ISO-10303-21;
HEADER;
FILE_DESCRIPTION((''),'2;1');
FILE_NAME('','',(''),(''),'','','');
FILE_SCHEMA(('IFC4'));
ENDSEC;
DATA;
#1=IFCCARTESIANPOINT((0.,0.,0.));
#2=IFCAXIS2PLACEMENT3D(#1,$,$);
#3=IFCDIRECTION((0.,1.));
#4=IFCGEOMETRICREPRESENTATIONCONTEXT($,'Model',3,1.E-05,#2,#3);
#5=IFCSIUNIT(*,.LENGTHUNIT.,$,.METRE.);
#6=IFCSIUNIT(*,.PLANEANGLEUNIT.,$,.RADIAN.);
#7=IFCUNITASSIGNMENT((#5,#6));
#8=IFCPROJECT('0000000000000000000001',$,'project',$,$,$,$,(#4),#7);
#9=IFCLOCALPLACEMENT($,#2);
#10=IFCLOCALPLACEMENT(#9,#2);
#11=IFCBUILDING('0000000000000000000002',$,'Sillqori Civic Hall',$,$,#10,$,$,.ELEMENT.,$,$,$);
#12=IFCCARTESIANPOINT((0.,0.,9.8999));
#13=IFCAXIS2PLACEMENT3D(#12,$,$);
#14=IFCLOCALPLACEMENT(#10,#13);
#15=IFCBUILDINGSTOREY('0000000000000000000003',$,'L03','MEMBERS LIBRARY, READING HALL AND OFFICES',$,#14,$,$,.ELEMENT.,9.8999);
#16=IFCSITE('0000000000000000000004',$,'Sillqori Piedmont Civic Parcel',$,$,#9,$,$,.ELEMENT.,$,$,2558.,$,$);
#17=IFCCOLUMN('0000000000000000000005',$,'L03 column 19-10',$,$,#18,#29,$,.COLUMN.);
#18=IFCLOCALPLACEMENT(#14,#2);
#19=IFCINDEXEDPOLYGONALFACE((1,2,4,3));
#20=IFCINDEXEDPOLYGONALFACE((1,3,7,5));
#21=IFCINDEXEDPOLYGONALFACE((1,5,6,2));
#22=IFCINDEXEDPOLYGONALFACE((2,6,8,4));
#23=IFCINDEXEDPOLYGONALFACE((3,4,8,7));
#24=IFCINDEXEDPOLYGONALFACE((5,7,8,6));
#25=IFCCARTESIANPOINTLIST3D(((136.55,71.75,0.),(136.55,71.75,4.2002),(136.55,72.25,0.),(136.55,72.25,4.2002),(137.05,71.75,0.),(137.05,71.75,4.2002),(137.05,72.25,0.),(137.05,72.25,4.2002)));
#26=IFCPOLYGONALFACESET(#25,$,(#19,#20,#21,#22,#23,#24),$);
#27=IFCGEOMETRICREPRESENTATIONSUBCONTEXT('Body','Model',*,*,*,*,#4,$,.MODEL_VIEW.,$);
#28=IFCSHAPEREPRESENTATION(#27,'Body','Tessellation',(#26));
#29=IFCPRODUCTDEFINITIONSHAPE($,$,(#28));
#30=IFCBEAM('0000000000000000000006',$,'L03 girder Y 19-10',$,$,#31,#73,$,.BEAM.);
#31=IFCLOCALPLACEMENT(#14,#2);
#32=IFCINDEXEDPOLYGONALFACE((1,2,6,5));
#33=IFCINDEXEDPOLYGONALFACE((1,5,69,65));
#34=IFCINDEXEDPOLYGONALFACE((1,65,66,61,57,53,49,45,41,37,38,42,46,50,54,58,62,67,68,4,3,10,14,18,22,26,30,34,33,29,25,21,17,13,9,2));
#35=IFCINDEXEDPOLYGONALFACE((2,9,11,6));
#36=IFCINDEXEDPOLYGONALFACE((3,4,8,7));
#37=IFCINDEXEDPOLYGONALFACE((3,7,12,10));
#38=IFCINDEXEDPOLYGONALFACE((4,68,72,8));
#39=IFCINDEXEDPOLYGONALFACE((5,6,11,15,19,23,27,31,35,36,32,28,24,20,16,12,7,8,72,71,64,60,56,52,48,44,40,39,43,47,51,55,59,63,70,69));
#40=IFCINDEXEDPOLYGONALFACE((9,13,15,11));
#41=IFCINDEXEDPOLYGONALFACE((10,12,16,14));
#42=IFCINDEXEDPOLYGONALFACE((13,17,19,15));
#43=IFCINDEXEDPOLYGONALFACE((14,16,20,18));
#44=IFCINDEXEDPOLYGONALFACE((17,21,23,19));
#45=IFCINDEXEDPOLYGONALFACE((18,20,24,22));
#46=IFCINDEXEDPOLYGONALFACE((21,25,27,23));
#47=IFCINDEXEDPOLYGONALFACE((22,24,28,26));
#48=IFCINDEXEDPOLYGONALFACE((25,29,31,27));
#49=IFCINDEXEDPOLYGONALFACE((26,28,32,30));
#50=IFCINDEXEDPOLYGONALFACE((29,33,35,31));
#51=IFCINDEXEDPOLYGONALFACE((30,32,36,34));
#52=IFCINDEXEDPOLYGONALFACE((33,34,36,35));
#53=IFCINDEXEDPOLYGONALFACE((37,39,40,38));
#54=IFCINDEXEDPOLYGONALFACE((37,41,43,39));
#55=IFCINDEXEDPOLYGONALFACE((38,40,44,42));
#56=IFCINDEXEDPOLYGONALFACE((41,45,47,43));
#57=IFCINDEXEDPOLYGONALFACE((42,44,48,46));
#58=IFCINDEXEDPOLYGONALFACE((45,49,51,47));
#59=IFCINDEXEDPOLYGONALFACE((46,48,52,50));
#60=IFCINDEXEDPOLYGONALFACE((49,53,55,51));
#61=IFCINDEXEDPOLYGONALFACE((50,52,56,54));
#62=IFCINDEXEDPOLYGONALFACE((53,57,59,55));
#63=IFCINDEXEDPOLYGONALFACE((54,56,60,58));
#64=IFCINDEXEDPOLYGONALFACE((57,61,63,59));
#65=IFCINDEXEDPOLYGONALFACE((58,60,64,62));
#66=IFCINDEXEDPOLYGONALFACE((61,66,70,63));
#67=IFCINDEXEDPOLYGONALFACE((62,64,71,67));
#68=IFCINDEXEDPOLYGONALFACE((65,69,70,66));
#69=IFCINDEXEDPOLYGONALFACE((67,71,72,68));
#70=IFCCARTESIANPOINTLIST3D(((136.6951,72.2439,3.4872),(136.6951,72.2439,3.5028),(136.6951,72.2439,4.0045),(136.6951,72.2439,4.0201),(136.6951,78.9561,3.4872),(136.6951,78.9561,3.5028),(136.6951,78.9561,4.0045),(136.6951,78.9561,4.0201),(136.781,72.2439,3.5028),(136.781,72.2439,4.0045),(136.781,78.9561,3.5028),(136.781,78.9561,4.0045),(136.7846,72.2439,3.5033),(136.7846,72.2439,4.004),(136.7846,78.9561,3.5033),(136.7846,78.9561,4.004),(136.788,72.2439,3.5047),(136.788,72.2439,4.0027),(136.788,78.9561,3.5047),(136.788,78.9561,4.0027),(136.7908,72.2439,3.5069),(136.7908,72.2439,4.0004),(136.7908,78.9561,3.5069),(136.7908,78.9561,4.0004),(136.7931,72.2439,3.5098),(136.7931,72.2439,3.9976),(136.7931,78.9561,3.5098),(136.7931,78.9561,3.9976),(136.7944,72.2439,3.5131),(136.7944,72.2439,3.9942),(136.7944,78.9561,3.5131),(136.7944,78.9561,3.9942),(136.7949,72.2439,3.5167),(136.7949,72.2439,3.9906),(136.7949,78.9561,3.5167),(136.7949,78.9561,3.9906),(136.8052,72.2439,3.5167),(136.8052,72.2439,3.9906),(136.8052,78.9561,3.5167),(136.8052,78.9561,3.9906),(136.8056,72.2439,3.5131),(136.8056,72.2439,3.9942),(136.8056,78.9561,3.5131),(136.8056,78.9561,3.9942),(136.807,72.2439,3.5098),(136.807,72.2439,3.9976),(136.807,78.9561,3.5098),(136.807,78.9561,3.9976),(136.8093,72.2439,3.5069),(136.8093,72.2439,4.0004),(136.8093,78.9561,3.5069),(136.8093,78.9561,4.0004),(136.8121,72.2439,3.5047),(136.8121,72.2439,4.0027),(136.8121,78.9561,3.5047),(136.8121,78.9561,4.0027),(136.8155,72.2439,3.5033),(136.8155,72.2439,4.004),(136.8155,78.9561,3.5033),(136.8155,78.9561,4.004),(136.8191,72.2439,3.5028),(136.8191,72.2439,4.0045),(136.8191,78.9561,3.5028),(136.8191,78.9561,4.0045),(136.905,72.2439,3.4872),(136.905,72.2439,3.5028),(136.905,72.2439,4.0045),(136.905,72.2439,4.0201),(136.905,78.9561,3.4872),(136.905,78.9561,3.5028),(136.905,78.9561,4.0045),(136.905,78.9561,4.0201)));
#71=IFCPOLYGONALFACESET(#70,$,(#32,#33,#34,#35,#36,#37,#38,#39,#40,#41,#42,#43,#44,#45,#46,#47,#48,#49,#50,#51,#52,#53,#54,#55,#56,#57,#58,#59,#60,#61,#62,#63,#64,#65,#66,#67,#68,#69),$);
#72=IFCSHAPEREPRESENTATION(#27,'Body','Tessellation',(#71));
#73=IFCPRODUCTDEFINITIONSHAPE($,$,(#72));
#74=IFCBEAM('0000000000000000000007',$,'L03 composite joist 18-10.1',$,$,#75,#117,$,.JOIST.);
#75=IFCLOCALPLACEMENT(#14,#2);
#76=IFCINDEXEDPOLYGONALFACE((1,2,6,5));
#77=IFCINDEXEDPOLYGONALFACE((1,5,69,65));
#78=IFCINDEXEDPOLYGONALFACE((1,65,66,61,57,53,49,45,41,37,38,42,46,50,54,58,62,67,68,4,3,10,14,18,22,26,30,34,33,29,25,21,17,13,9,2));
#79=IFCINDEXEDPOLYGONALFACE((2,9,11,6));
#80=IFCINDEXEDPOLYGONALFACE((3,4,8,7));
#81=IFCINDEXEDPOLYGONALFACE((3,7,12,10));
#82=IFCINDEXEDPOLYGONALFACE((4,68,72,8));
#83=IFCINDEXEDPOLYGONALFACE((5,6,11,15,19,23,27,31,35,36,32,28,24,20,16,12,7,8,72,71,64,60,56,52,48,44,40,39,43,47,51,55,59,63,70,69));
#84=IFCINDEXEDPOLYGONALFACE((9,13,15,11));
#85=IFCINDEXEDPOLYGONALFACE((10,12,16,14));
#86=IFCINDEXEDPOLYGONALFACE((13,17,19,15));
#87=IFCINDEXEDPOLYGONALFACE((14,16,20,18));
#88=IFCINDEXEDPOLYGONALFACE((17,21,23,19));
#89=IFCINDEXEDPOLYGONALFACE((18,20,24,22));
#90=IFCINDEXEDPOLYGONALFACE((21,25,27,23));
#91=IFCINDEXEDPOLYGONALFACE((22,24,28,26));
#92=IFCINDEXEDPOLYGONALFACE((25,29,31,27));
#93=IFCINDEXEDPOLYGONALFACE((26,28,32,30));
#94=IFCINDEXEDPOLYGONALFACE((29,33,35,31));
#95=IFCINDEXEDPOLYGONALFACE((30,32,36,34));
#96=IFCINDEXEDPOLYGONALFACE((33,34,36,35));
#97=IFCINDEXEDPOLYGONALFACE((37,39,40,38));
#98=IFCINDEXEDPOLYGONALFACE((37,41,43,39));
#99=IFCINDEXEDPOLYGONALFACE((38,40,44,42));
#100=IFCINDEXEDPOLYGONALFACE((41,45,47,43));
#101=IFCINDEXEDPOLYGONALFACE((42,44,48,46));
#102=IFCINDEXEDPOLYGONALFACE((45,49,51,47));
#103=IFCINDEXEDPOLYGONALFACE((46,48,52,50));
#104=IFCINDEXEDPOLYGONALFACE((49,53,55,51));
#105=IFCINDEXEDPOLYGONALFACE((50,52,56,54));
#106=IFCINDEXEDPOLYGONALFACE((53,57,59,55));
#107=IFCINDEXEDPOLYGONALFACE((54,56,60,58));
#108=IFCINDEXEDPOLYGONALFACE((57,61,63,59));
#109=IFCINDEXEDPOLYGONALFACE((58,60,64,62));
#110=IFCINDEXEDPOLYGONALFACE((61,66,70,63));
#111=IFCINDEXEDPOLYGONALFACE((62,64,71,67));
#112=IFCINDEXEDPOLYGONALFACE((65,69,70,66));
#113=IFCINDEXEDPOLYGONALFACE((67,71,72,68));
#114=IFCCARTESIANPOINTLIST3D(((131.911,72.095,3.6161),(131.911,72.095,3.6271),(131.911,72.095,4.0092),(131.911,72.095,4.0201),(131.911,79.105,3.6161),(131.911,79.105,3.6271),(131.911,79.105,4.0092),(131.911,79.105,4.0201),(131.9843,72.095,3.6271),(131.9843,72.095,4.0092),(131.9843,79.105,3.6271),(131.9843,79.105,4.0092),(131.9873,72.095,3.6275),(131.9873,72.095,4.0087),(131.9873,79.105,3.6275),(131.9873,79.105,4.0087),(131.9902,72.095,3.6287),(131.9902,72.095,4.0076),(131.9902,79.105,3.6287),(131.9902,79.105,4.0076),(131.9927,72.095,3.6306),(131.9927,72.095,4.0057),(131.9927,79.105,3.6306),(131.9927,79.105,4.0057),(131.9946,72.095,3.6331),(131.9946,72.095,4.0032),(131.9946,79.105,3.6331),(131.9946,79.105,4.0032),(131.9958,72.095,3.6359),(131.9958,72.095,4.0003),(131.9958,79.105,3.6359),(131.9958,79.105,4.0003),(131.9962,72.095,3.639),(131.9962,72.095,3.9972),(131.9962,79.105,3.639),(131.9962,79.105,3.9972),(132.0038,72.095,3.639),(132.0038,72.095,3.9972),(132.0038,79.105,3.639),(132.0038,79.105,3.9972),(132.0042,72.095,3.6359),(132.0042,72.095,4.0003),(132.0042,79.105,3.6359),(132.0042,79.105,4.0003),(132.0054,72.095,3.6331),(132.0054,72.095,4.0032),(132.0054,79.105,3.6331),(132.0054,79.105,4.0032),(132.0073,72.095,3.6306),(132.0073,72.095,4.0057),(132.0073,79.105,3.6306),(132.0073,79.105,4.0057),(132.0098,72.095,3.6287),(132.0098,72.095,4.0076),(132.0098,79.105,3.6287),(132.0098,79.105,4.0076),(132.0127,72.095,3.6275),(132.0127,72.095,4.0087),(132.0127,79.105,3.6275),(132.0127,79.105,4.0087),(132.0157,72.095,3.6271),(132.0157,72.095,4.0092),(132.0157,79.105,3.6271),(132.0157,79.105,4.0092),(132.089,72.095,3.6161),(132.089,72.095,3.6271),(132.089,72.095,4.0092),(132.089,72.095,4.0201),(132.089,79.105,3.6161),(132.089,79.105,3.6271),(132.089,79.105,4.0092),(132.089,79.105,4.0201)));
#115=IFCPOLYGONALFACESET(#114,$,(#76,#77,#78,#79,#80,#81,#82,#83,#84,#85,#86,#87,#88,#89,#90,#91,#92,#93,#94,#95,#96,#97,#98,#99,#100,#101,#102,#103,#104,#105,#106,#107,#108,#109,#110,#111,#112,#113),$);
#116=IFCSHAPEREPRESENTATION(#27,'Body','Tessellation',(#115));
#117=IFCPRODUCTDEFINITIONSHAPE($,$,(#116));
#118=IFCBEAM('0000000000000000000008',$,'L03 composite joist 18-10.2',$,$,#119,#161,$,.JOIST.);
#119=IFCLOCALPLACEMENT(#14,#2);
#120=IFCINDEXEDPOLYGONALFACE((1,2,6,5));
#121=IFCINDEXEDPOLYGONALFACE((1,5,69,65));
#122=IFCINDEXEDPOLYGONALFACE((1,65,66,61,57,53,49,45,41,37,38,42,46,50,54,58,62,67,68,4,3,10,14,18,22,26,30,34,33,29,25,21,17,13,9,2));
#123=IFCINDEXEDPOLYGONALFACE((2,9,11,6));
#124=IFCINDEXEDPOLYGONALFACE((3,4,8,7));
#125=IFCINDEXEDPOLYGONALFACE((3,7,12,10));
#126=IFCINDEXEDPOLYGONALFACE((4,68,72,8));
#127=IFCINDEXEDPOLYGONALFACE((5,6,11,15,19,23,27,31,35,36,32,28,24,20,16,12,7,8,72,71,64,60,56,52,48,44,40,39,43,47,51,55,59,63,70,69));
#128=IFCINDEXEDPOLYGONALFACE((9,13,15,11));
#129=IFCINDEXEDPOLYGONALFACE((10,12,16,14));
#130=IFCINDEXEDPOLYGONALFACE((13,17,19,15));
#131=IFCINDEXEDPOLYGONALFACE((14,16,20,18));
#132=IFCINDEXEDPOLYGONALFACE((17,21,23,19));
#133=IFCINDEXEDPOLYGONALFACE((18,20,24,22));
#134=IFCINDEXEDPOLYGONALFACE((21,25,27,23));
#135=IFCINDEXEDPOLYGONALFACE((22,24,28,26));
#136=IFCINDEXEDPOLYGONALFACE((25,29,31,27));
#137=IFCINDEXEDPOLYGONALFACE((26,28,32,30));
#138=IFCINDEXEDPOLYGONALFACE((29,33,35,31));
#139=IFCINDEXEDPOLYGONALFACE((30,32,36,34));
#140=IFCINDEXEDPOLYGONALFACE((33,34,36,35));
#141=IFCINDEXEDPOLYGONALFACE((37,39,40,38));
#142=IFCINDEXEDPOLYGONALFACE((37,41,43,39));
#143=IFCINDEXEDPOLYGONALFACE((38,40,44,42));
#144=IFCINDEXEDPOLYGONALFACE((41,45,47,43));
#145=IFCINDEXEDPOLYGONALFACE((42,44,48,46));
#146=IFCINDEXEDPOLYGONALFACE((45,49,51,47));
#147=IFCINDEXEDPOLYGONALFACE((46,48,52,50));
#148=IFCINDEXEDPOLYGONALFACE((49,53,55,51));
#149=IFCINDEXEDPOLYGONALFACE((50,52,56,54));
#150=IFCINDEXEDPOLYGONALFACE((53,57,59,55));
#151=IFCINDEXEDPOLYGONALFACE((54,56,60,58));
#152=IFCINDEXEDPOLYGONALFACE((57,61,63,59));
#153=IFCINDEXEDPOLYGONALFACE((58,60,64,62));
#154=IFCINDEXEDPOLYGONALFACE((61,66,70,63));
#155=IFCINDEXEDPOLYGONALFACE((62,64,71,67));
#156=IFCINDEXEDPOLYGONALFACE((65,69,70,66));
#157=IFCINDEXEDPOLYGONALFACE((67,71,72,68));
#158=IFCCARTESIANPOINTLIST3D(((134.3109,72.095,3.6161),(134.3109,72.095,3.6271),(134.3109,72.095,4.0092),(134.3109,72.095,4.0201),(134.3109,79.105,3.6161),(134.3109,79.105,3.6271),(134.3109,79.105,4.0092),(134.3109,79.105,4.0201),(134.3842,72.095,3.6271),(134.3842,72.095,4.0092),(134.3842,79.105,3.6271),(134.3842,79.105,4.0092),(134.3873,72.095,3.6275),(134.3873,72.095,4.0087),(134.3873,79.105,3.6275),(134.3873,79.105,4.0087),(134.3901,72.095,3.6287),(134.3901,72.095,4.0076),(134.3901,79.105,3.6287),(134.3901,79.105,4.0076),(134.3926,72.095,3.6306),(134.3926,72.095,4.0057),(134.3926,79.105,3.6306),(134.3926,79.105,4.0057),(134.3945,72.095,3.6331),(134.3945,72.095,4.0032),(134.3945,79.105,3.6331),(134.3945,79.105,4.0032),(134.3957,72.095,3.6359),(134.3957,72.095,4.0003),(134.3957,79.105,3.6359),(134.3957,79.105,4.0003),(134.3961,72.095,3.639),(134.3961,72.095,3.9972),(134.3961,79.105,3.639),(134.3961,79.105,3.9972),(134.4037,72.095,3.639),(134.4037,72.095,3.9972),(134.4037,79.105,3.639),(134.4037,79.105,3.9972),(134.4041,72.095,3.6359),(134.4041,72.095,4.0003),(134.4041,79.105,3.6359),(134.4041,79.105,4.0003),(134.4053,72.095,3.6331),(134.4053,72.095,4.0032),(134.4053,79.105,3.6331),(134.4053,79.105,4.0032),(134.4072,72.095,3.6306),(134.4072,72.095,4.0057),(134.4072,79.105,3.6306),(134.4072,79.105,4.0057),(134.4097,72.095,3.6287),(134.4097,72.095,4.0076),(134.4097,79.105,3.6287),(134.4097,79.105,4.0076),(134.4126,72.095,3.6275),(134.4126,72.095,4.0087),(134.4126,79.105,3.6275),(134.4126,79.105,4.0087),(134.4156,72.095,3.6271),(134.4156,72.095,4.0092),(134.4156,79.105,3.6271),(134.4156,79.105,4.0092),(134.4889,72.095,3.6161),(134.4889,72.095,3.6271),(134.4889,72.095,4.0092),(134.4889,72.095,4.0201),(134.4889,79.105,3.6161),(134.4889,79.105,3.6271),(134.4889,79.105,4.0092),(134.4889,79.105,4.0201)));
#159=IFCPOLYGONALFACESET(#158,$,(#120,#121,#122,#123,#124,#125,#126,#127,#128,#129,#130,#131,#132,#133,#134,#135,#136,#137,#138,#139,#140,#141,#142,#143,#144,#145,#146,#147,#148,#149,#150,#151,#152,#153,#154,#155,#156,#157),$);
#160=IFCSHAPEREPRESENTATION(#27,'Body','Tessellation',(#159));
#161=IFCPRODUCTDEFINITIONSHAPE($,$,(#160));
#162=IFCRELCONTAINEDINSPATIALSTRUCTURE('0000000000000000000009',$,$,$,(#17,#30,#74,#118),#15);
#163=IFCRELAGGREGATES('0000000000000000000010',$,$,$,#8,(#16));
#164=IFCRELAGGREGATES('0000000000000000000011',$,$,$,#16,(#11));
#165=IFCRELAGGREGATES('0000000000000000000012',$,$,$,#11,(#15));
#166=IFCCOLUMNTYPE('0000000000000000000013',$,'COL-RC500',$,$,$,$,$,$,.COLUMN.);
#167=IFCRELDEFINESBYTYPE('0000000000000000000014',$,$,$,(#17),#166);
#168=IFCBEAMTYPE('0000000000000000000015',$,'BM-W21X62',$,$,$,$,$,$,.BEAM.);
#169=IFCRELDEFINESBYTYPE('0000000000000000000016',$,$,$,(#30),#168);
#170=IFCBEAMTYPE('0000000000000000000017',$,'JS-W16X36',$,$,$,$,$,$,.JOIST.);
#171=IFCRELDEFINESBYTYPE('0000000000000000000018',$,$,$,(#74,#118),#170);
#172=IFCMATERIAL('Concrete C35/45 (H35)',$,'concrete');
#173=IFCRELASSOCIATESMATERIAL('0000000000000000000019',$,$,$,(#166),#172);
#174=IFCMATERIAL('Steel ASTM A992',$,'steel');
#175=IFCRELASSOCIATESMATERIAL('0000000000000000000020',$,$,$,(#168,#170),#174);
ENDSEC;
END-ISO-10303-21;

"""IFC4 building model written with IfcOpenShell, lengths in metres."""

from ifc_helpers import new_model, si_unit, direction, frame, origin, origin_2d, place, context, subcontext, project, spatial, rectangle, i_section, extrude, material, material_profile, profile_set, type_object, element, save


model = new_model("IFC4")

# Units and contexts
model_context = context("Model", 3, precision=1e-05, world=origin(), true_north=direction((0.0, 1.0)))
body_context = subcontext(model_context, "Body", "Model", "MODEL_VIEW")
ifc_project = project(units=[si_unit("LENGTHUNIT", "METRE"), si_unit("PLANEANGLEUNIT", "RADIAN")], contexts=[model_context])

# Site, building, storey
site_placement = place(None, origin())
site = spatial("IfcSite", under=ifc_project, at=site_placement, Name="Sillqori Piedmont Civic Parcel", CompositionType="ELEMENT", RefElevation=2558.0)
building_placement = place(site_placement, origin())
building = spatial("IfcBuilding", under=site, at=building_placement, Name="Sillqori Civic Hall", CompositionType="ELEMENT")
storey_placement = place(building_placement, frame((0.0, 0.0, 9.8999)))
storey = spatial("IfcBuildingStorey", under=building, at=storey_placement, Name="L03", Description="MEMBERS LIBRARY, READING HALL AND OFFICES", CompositionType="ELEMENT", Elevation=9.8999)

# Column
ifc_material_1 = material(Name="Concrete C35/45 (H35)", Category="concrete")
ifc_material_profile_1 = material_profile(ifc_material_1, rectangle(XDim=0.5, YDim=0.5, at=origin_2d()), Name="RC 500x500")
ifc_profile_set_1 = profile_set([ifc_material_profile_1], Name="Concrete C35/45 (H35)")
column_type = type_object("IfcColumnType", Name="COL-RC500", PredefinedType="COLUMN", material=ifc_profile_set_1)
column_placement = place(storey_placement, frame((136.8, 72.0, 0.0), z_axis=(0.0, 0.0, 1.0), x_axis=(1.0, 0.0, 0.0)))
element("IfcColumn", 1, at=column_placement, inside=storey, type_object=column_type, Name="L03 column 19-10", PredefinedType="COLUMN", context=body_context, shape_type="SweptSolid", body=[
    extrude(rectangle(XDim=0.5, YDim=0.5, at=origin_2d()), origin(), (0.0, 0.0, 1.0), 4.2002),
])

# Beam
ifc_material_2 = material(Name="Steel ASTM A992", Category="steel")
ifc_material_profile_2 = material_profile(ifc_material_2, i_section(OverallWidth=0.21, OverallDepth=0.533, WebThickness=0.0103, FlangeThickness=0.0156, FilletRadius=0.0139, at=origin_2d()), Name="W21X62")
ifc_profile_set_2 = profile_set([ifc_material_profile_2], Name="Steel ASTM A992")
beam_type_1 = type_object("IfcBeamType", Name="BM-W21X62", PredefinedType="BEAM", material=ifc_profile_set_2)
beam_placement = place(storey_placement, frame((136.8, 72.2439, 3.7537), z_axis=(0.0, 1.0, 0.0), x_axis=(-1.0, 0.0, 0.0)))
element("IfcBeam", 2, at=beam_placement, inside=storey, type_object=beam_type_1, Name="L03 girder Y 19-10", PredefinedType="BEAM", context=body_context, shape_type="SweptSolid", body=[
    extrude(i_section(OverallWidth=0.21, OverallDepth=0.533, WebThickness=0.0103, FlangeThickness=0.0156, FilletRadius=0.0139, at=origin_2d()), origin(), (0.0, 0.0, 1.0), 6.7122),
])

# Beams
ifc_material_profile_3 = material_profile(ifc_material_2, i_section(OverallWidth=0.178, OverallDepth=0.4041, WebThickness=0.0076, FlangeThickness=0.011, FilletRadius=0.012, at=origin_2d()), Name="W16X36")
ifc_profile_set_3 = profile_set([ifc_material_profile_3], Name="Steel ASTM A992")
beam_type_2 = type_object("IfcBeamType", Name="JS-W16X36", PredefinedType="JOIST", material=ifc_profile_set_3)
for number, where, z_axis, x_axis, name in (
    (3, (132.0, 72.095, 3.8181), (0.0, 1.0, 0.0), (-1.0, 0.0, 0.0), "L03 composite joist 18-10.1"),
    (4, (134.3999, 72.095, 3.8181), (0.0, 1.0, 0.0), (-1.0, 0.0, 0.0), "L03 composite joist 18-10.2"),
):
    element("IfcBeam", number, at=place(storey_placement, frame(where, z_axis=z_axis, x_axis=x_axis)), inside=storey, type_object=beam_type_2, Name=name, PredefinedType="JOIST", context=body_context, shape_type="SweptSolid", body=[
        extrude(i_section(OverallWidth=0.178, OverallDepth=0.4041, WebThickness=0.0076, FlangeThickness=0.011, FilletRadius=0.012, at=origin_2d()), origin(), (0.0, 0.0, 1.0), 7.01),
    ])

save(model, "model.ifc")
